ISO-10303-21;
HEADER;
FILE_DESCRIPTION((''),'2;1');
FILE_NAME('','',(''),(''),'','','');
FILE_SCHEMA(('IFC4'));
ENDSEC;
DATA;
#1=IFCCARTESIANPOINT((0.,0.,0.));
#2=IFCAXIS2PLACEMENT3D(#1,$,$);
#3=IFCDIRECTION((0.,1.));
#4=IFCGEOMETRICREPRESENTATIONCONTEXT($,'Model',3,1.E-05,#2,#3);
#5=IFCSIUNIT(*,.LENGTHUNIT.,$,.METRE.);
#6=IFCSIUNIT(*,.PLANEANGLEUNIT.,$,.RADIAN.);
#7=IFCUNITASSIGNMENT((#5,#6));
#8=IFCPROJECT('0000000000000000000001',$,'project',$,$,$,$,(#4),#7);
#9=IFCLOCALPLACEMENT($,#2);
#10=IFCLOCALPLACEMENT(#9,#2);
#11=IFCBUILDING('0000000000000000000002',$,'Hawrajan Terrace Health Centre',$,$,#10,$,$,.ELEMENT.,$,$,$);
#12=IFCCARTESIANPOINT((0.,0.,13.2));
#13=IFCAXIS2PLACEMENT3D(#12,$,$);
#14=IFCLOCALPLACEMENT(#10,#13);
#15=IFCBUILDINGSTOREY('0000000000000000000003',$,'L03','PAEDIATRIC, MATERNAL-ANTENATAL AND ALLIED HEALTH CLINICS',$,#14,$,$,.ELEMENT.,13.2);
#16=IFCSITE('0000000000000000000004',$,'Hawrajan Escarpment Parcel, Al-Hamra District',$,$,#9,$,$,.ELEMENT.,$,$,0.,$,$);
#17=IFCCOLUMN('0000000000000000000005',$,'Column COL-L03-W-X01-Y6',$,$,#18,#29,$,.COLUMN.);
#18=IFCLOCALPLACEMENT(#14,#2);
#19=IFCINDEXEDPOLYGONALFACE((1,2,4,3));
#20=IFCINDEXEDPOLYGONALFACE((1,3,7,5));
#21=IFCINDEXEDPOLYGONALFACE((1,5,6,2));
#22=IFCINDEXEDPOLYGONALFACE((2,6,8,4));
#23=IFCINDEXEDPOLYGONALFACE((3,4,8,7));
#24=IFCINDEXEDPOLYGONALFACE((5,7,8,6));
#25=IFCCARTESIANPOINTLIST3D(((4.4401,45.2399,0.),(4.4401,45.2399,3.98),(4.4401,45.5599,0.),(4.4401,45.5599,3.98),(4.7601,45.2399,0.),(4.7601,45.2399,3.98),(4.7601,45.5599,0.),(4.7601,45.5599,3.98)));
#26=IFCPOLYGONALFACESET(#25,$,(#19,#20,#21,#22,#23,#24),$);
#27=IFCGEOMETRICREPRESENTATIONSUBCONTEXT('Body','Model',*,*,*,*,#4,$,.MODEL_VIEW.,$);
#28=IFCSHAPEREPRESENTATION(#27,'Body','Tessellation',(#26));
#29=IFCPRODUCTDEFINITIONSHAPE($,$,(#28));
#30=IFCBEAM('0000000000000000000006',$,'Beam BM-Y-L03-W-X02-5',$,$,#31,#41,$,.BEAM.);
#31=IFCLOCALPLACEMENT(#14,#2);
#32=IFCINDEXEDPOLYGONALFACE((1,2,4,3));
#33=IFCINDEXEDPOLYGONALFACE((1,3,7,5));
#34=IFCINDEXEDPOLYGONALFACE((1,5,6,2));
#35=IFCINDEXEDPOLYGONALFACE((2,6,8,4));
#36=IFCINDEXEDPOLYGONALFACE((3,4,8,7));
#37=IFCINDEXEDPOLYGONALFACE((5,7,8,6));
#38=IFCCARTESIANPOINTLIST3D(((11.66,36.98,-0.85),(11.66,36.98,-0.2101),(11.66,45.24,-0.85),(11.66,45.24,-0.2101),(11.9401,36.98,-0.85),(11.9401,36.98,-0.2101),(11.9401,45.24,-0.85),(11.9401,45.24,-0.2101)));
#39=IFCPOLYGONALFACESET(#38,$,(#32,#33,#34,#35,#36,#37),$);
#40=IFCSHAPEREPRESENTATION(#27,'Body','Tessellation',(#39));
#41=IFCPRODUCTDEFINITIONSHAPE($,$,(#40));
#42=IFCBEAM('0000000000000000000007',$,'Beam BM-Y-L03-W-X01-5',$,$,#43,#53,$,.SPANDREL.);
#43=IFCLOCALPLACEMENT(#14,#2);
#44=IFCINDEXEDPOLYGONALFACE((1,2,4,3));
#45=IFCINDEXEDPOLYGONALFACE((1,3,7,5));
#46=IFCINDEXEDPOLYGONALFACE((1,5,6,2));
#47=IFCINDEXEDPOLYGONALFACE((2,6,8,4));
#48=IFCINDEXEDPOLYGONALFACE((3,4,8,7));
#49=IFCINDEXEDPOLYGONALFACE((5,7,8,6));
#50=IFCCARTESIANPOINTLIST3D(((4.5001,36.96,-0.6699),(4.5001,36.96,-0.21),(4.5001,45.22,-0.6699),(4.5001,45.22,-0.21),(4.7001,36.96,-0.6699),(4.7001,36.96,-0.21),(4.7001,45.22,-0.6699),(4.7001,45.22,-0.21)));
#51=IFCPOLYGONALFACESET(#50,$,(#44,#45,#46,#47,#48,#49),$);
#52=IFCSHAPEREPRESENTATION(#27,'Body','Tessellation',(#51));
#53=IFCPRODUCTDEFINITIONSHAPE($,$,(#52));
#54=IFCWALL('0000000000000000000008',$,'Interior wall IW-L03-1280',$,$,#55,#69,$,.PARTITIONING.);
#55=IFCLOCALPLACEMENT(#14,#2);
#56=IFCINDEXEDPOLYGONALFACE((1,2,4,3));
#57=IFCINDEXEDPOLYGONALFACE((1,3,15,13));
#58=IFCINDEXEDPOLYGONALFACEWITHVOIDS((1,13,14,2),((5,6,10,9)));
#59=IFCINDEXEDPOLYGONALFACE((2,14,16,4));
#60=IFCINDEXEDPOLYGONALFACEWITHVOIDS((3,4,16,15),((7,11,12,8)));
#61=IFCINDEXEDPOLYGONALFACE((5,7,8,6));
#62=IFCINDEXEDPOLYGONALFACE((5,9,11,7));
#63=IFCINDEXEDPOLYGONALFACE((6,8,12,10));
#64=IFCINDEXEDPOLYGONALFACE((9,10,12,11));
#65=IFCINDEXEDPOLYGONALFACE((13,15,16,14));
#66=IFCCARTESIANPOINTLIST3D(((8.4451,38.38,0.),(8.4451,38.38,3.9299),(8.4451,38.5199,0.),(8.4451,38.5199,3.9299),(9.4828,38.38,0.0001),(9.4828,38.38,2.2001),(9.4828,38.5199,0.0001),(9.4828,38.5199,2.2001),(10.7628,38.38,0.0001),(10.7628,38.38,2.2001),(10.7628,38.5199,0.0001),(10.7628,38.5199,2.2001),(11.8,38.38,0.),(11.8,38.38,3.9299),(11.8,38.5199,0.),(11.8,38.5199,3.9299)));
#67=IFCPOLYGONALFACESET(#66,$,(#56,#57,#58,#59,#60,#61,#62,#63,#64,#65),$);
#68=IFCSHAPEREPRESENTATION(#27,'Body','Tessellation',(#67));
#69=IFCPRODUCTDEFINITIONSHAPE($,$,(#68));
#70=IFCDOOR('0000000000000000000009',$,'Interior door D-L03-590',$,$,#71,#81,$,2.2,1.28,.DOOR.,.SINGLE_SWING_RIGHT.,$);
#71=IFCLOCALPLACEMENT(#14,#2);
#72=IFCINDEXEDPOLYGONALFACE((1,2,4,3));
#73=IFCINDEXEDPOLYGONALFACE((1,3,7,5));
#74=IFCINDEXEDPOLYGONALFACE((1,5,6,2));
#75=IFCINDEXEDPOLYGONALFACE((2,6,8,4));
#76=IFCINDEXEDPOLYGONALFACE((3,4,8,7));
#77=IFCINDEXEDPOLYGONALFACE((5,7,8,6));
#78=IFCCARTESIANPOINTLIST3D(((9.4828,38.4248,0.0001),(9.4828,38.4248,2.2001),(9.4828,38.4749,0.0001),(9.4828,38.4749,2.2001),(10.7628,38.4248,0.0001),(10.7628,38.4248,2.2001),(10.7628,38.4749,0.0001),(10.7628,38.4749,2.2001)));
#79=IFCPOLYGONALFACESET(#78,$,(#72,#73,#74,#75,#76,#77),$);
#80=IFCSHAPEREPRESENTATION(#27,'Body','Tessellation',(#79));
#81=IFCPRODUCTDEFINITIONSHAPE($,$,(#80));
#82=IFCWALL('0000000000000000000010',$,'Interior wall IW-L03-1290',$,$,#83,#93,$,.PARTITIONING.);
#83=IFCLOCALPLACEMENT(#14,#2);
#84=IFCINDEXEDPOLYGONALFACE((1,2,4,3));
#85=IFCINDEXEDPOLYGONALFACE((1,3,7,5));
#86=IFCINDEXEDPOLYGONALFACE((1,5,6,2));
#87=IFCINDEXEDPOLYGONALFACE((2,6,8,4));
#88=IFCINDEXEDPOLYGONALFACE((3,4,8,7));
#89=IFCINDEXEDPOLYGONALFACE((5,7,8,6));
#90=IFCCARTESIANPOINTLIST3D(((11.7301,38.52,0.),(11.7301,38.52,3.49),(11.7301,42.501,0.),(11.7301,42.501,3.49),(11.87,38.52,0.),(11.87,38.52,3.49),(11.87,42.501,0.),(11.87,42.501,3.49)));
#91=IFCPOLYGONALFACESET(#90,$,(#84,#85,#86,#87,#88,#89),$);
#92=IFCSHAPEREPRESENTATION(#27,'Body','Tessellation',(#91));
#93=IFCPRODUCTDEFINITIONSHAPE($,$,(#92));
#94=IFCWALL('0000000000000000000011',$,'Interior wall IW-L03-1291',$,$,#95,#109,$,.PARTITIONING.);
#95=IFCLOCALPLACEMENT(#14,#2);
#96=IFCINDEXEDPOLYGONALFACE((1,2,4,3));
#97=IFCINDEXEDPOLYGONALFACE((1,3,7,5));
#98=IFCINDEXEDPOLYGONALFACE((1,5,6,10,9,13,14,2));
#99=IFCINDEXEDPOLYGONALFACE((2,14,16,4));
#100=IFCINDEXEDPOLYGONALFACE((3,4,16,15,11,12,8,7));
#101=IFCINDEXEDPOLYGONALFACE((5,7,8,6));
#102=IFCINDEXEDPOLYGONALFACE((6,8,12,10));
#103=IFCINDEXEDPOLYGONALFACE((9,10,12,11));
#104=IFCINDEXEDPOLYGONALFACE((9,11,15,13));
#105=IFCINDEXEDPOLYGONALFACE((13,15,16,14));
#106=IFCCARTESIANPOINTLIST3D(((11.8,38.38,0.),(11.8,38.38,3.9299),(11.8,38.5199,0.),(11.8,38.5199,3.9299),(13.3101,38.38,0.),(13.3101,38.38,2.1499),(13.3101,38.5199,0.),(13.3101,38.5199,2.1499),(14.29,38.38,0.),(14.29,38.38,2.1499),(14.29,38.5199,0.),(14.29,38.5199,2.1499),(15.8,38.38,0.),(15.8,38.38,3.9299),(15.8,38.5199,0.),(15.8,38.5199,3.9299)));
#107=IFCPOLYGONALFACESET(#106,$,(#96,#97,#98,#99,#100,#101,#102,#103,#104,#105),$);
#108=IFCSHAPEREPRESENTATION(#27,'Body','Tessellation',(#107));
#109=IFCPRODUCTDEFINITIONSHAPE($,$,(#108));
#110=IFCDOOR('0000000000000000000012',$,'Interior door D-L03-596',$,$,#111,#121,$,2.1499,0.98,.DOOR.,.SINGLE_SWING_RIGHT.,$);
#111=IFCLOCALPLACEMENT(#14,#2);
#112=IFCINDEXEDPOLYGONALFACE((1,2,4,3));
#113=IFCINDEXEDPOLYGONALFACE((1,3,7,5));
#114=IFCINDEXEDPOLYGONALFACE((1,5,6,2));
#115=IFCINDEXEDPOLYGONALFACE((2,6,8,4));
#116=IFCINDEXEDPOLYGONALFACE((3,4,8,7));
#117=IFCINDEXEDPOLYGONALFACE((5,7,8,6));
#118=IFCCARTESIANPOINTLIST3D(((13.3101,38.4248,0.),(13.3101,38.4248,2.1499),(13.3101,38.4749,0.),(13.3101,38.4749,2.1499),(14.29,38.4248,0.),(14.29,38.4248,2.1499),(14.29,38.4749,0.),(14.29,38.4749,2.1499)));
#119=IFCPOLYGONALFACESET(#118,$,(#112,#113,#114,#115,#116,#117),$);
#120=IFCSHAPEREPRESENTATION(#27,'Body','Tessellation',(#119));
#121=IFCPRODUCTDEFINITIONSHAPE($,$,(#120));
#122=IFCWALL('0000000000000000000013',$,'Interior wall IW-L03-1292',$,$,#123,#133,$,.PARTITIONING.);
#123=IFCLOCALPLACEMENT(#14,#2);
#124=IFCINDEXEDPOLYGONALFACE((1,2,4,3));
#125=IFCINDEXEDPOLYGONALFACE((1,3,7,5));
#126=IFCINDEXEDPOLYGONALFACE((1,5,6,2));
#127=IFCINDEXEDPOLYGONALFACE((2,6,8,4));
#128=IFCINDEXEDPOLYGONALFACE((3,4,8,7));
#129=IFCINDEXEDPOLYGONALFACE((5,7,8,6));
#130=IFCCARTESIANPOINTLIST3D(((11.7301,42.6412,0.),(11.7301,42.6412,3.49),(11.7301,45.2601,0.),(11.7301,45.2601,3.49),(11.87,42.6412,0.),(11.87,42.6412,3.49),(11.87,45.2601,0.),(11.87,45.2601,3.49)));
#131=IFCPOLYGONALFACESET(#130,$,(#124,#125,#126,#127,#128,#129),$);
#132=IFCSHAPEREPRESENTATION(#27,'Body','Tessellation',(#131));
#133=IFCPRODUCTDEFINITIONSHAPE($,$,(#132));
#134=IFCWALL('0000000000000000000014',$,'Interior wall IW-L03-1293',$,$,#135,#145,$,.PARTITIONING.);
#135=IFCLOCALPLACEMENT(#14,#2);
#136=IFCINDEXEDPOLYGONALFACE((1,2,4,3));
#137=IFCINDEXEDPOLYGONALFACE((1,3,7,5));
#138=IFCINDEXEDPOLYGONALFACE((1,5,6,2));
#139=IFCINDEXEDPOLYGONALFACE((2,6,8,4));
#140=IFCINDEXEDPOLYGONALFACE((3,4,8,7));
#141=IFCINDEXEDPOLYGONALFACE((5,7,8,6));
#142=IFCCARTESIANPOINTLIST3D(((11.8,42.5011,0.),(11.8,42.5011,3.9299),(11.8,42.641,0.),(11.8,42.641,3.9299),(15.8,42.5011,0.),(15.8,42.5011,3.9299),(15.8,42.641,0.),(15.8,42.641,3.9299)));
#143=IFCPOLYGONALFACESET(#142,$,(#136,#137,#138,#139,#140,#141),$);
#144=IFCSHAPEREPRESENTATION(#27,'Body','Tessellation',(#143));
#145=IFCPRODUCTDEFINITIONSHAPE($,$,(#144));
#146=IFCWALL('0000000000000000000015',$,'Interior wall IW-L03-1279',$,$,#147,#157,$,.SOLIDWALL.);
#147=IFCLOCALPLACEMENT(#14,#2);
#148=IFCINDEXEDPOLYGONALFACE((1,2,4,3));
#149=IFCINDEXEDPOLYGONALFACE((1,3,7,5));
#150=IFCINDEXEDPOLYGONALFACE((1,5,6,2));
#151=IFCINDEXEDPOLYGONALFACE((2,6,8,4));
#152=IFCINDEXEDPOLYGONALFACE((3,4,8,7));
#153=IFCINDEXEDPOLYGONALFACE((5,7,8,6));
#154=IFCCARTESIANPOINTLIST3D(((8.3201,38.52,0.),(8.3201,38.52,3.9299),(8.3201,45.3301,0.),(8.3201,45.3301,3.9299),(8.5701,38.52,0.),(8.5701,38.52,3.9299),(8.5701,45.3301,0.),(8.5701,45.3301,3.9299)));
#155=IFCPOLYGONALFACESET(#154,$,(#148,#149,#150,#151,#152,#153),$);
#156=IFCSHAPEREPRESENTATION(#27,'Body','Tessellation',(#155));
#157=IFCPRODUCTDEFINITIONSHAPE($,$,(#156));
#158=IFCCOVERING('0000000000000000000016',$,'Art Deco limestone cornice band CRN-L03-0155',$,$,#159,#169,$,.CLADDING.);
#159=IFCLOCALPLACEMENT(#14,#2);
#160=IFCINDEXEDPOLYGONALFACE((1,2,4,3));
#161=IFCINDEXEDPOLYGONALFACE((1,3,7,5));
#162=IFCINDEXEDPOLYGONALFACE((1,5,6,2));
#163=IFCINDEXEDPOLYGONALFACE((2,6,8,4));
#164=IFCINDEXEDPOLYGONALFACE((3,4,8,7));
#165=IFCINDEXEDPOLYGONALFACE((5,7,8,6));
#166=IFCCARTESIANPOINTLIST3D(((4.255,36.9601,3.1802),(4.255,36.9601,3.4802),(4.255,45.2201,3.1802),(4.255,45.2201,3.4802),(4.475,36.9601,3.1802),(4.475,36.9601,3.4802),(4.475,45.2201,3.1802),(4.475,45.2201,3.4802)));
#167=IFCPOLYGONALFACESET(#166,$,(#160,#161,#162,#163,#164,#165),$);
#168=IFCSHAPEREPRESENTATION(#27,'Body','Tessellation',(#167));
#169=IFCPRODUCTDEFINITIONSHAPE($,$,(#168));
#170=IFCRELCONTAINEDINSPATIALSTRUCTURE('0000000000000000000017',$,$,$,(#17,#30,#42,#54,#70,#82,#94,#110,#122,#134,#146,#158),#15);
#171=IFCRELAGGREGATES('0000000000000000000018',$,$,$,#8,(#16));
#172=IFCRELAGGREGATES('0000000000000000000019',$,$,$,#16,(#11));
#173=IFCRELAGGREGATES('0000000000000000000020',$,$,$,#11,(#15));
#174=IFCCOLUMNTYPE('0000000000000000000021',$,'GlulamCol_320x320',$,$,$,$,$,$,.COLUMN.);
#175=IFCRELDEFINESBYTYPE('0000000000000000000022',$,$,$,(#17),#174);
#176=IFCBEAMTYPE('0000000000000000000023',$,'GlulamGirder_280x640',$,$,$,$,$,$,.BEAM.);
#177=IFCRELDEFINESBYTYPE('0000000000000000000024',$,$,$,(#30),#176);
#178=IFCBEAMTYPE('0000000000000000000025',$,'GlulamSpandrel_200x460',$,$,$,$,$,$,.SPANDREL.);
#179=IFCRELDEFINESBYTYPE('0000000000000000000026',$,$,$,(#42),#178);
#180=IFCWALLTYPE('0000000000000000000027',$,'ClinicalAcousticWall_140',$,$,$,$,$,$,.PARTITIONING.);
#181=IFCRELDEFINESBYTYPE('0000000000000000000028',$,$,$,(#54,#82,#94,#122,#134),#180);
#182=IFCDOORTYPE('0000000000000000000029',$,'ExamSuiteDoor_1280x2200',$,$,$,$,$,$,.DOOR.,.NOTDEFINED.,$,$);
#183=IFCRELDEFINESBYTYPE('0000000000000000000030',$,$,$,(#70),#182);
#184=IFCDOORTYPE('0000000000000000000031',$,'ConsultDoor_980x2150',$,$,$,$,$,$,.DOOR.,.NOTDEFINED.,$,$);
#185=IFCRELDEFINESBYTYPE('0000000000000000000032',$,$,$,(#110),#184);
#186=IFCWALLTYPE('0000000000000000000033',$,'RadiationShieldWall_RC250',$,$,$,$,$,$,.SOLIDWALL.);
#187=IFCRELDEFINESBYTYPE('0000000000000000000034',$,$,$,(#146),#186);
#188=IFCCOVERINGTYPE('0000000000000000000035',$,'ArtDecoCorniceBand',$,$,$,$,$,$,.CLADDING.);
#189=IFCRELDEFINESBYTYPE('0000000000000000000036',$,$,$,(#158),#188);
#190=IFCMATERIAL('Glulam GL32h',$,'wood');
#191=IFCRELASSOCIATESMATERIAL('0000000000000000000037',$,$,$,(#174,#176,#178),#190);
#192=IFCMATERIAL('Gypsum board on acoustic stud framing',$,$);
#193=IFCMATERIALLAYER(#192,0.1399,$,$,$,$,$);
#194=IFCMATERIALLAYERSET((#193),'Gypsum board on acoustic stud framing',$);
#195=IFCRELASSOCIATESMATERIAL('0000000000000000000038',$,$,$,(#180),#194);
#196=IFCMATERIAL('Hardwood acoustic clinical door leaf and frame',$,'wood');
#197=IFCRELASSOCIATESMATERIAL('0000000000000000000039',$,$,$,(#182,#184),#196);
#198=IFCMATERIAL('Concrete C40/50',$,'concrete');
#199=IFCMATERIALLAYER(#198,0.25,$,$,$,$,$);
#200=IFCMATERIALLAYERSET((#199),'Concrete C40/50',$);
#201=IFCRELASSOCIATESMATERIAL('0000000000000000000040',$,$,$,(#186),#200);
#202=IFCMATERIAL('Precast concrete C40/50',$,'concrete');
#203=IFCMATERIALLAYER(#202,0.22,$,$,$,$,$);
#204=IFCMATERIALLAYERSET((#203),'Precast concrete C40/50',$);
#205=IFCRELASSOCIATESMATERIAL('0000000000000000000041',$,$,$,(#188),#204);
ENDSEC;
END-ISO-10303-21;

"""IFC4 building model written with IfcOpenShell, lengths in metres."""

from ifc_helpers import new_model, si_unit, direction, frame, frame_2d, origin, origin_2d, place, context, subcontext, project, spatial, rectangle, extrude, material, layer, layer_set, material_profile, profile_set, type_object, element, fill, save


model = new_model("IFC4")

# Units and contexts
model_context = context("Model", 3, precision=1e-05, world=origin(), true_north=direction((0.0, 1.0)))
body_context = subcontext(model_context, "Body", "Model", "MODEL_VIEW")
ifc_project = project(units=[si_unit("LENGTHUNIT", "METRE"), si_unit("PLANEANGLEUNIT", "RADIAN")], contexts=[model_context])

# Site, building, storey
site_placement = place(None, origin())
site = spatial("IfcSite", under=ifc_project, at=site_placement, Name="Hawrajan Escarpment Parcel, Al-Hamra District", CompositionType="ELEMENT", RefElevation=0.0)
building_placement = place(site_placement, origin())
building = spatial("IfcBuilding", under=site, at=building_placement, Name="Hawrajan Terrace Health Centre", CompositionType="ELEMENT")
storey_placement = place(building_placement, frame((0.0, 0.0, 13.2)))
storey = spatial("IfcBuildingStorey", under=building, at=storey_placement, Name="L03", Description="PAEDIATRIC, MATERNAL-ANTENATAL AND ALLIED HEALTH CLINICS", CompositionType="ELEMENT", Elevation=13.2)

# Column
ifc_material_1 = material(Name="Glulam GL32h", Category="wood")
ifc_material_profile_1 = material_profile(ifc_material_1, rectangle(XDim=0.3201, YDim=0.3201, at=origin_2d()), Name="GL 320x320")
ifc_profile_set_1 = profile_set([ifc_material_profile_1], Name="Glulam GL32h")
column_type = type_object("IfcColumnType", Name="GlulamCol_320x320", PredefinedType="COLUMN", material=ifc_profile_set_1)
column_placement = place(storey_placement, frame((4.6001, 45.3999, 0.0), z_axis=(0.0, 0.0, 1.0), x_axis=(1.0, 0.0, 0.0)))
element("IfcColumn", 1, at=column_placement, inside=storey, type_object=column_type, Name="Column COL-L03-W-X01-Y6", PredefinedType="COLUMN", context=body_context, shape_type="SweptSolid", body=[
    extrude(rectangle(XDim=0.3201, YDim=0.3201, at=origin_2d()), origin(), (0.0, 0.0, 1.0), 3.98),
])

# Beams
ifc_material_profile_2 = material_profile(ifc_material_1, rectangle(XDim=0.28, YDim=0.6399, at=origin_2d()), Name="GL BM 280x640")
ifc_profile_set_2 = profile_set([ifc_material_profile_2], Name="Glulam GL32h")
beam_type_1 = type_object("IfcBeamType", Name="GlulamGirder_280x640", PredefinedType="BEAM", material=ifc_profile_set_2)
beam_1_placement = place(storey_placement, frame((11.8, 36.98, -0.53), z_axis=(0.0, 1.0, 0.0), x_axis=(-1.0, 0.0, 0.0)))
element("IfcBeam", 2, at=beam_1_placement, inside=storey, type_object=beam_type_1, Name="Beam BM-Y-L03-W-X02-5", PredefinedType="BEAM", context=body_context, shape_type="SweptSolid", body=[
    extrude(rectangle(XDim=0.28, YDim=0.6399, at=origin_2d()), origin(), (0.0, 0.0, 1.0), 8.26),
])
ifc_material_profile_3 = material_profile(ifc_material_1, rectangle(XDim=0.2, YDim=0.46, at=origin_2d()), Name="GL SP 200x460")
ifc_profile_set_3 = profile_set([ifc_material_profile_3], Name="Glulam GL32h")
beam_type_2 = type_object("IfcBeamType", Name="GlulamSpandrel_200x460", PredefinedType="SPANDREL", material=ifc_profile_set_3)
beam_2_placement = place(storey_placement, frame((4.6001, 36.96, -0.4399), z_axis=(0.0, 1.0, 0.0), x_axis=(-1.0, 0.0, 0.0)))
element("IfcBeam", 3, at=beam_2_placement, inside=storey, type_object=beam_type_2, Name="Beam BM-Y-L03-W-X01-5", PredefinedType="SPANDREL", context=body_context, shape_type="SweptSolid", body=[
    extrude(rectangle(XDim=0.2, YDim=0.46, at=origin_2d()), origin(), (0.0, 0.0, 1.0), 8.26),
])

# Wall, opening, door
ifc_material_2 = material(Name="Gypsum board on acoustic stud framing")
ifc_layer_1 = layer(ifc_material_2, 0.1399)
ifc_layer_set_1 = layer_set([ifc_layer_1], Name="Gypsum board on acoustic stud framing")
wall_type_1 = type_object("IfcWallType", Name="ClinicalAcousticWall_140", PredefinedType="PARTITIONING", material=ifc_layer_set_1)
wall_1_placement = place(storey_placement, frame((8.4451, 38.45, 0.0), z_axis=(0.0, 0.0, 1.0), x_axis=(1.0, 0.0, 0.0)))
wall_1 = element("IfcWall", 4, at=wall_1_placement, inside=storey, type_object=wall_type_1, Name="Interior wall IW-L03-1280", PredefinedType="PARTITIONING", context=body_context, shape_type="SweptSolid", body=[
    extrude(rectangle(XDim=3.355, YDim=0.1399, at=frame_2d((1.6775, 0.0))), origin(), (0.0, 0.0, 1.0), 3.9299),
])
opening_1_placement = place(wall_1_placement, frame((1.0376, 0.0, 0.0)))
opening_1 = element("IfcOpeningElement", 5, at=opening_1_placement, cuts=wall_1, PredefinedType="OPENING", context=body_context, shape_type="SweptSolid", body=[
    extrude(rectangle(XDim=1.28, YDim=2.2, at=frame_2d((0.6401, 1.1001))), frame((0.0, 0.0798, 0.0), z_axis=(0.0, -1.0, 0.0), x_axis=(1.0, 0.0, 0.0)), (0.0, 0.0, 1.0), 0.1599),
])
ifc_material_3 = material(Name="Hardwood acoustic clinical door leaf and frame", Category="wood")
door_type_1 = type_object("IfcDoorType", Name="ExamSuiteDoor_1280x2200", OperationType="NOTDEFINED", PredefinedType="DOOR", material=ifc_material_3)
door_1_placement = place(opening_1_placement, origin())
door_1 = element("IfcDoor", 6, at=door_1_placement, inside=storey, type_object=door_type_1, Name="Interior door D-L03-590", OperationType="SINGLE_SWING_RIGHT", OverallHeight=2.2, OverallWidth=1.28, PredefinedType="DOOR", context=body_context, shape_type="SweptSolid", body=[
    extrude(rectangle(XDim=1.28, YDim=2.2, at=frame_2d((0.6401, 1.1001))), frame((0.0, 0.0249, 0.0), z_axis=(0.0, -1.0, 0.0), x_axis=(1.0, 0.0, 0.0)), (0.0, 0.0, 1.0), 0.05),
])
fill(opening_1, door_1)

# Wall
wall_2_placement = place(storey_placement, frame((11.8, 38.52, 0.0), z_axis=(0.0, 0.0, 1.0), x_axis=(0.0, 1.0, 0.0)))
element("IfcWall", 7, at=wall_2_placement, inside=storey, type_object=wall_type_1, Name="Interior wall IW-L03-1290", PredefinedType="PARTITIONING", context=body_context, shape_type="SweptSolid", body=[
    extrude(rectangle(XDim=3.981, YDim=0.1399, at=frame_2d((1.9905, 0.0))), origin(), (0.0, 0.0, 1.0), 3.49),
])

# Wall, opening, door
wall_3_placement = place(storey_placement, frame((11.8, 38.45, 0.0), z_axis=(0.0, 0.0, 1.0), x_axis=(1.0, 0.0, 0.0)))
wall_3 = element("IfcWall", 8, at=wall_3_placement, inside=storey, type_object=wall_type_1, Name="Interior wall IW-L03-1291", PredefinedType="PARTITIONING", context=body_context, shape_type="SweptSolid", body=[
    extrude(rectangle(XDim=4.0, YDim=0.1399, at=frame_2d((2.0, 0.0))), origin(), (0.0, 0.0, 1.0), 3.9299),
])
opening_2_placement = place(wall_3_placement, frame((1.51, 0.0, 0.0)))
opening_2 = element("IfcOpeningElement", 9, at=opening_2_placement, cuts=wall_3, PredefinedType="OPENING", context=body_context, shape_type="SweptSolid", body=[
    extrude(rectangle(XDim=0.98, YDim=2.1499, at=frame_2d((0.49, 1.075))), frame((0.0, 0.0798, 0.0), z_axis=(0.0, -1.0, 0.0), x_axis=(1.0, 0.0, 0.0)), (0.0, 0.0, 1.0), 0.1599),
])
door_type_2 = type_object("IfcDoorType", Name="ConsultDoor_980x2150", OperationType="NOTDEFINED", PredefinedType="DOOR", material=ifc_material_3)
door_2_placement = place(opening_2_placement, origin())
door_2 = element("IfcDoor", 10, at=door_2_placement, inside=storey, type_object=door_type_2, Name="Interior door D-L03-596", OperationType="SINGLE_SWING_RIGHT", OverallHeight=2.1499, OverallWidth=0.98, PredefinedType="DOOR", context=body_context, shape_type="SweptSolid", body=[
    extrude(rectangle(XDim=0.98, YDim=2.1499, at=frame_2d((0.49, 1.075))), frame((0.0, 0.0249, 0.0), z_axis=(0.0, -1.0, 0.0), x_axis=(1.0, 0.0, 0.0)), (0.0, 0.0, 1.0), 0.05),
])
fill(opening_2, door_2)

# Walls
wall_4_placement = place(storey_placement, frame((11.8, 42.6411, 0.0), z_axis=(0.0, 0.0, 1.0), x_axis=(0.0, 1.0, 0.0)))
element("IfcWall", 11, at=wall_4_placement, inside=storey, type_object=wall_type_1, Name="Interior wall IW-L03-1292", PredefinedType="PARTITIONING", context=body_context, shape_type="SweptSolid", body=[
    extrude(rectangle(XDim=2.6189, YDim=0.1399, at=frame_2d((1.3096, 0.0))), origin(), (0.0, 0.0, 1.0), 3.49),
])
wall_5_placement = place(storey_placement, frame((11.8, 42.571, 0.0), z_axis=(0.0, 0.0, 1.0), x_axis=(1.0, 0.0, 0.0)))
element("IfcWall", 12, at=wall_5_placement, inside=storey, type_object=wall_type_1, Name="Interior wall IW-L03-1293", PredefinedType="PARTITIONING", context=body_context, shape_type="SweptSolid", body=[
    extrude(rectangle(XDim=4.0, YDim=0.1399, at=frame_2d((2.0, 0.0))), origin(), (0.0, 0.0, 1.0), 3.9299),
])

# Shared definitions
ifc_material_4 = material(Name="Concrete C40/50", Category="concrete")
ifc_layer_2 = layer(ifc_material_4, 0.25)
ifc_layer_set_2 = layer_set([ifc_layer_2], Name="Concrete C40/50")
wall_type_2 = type_object("IfcWallType", Name="RadiationShieldWall_RC250", PredefinedType="SOLIDWALL", material=ifc_layer_set_2)

# Wall
wall_6_placement = place(storey_placement, frame((8.4451, 38.52, 0.0), z_axis=(0.0, 0.0, 1.0), x_axis=(0.0, 1.0, 0.0)))
element("IfcWall", 13, at=wall_6_placement, inside=storey, type_object=wall_type_2, Name="Interior wall IW-L03-1279", PredefinedType="SOLIDWALL", context=body_context, shape_type="SweptSolid", body=[
    extrude(rectangle(XDim=6.8101, YDim=0.25, at=frame_2d((3.405, 0.0))), origin(), (0.0, 0.0, 1.0), 3.9299),
])

# Covering
ifc_material_5 = material(Name="Precast concrete C40/50", Category="concrete")
ifc_layer_3 = layer(ifc_material_5, 0.22)
ifc_layer_set_3 = layer_set([ifc_layer_3], Name="Precast concrete C40/50")
covering_type_1 = type_object("IfcCoveringType", Name="ArtDecoCorniceBand", PredefinedType="CLADDING", material=ifc_layer_set_3)
covering_1_placement = place(storey_placement, frame((4.365, 41.0901, 3.1802), z_axis=(0.0, 0.0, 1.0), x_axis=(0.0, 1.0, 0.0)))
element("IfcCovering", 14, at=covering_1_placement, inside=storey, type_object=covering_type_1, Name="Art Deco limestone cornice band CRN-L03-0155", PredefinedType="CLADDING", context=body_context, shape_type="SweptSolid", body=[
    extrude(rectangle(XDim=8.26, YDim=0.22, at=origin_2d()), origin(), (0.0, 0.0, 1.0), 0.3),
])

save(model, "model.ifc")
